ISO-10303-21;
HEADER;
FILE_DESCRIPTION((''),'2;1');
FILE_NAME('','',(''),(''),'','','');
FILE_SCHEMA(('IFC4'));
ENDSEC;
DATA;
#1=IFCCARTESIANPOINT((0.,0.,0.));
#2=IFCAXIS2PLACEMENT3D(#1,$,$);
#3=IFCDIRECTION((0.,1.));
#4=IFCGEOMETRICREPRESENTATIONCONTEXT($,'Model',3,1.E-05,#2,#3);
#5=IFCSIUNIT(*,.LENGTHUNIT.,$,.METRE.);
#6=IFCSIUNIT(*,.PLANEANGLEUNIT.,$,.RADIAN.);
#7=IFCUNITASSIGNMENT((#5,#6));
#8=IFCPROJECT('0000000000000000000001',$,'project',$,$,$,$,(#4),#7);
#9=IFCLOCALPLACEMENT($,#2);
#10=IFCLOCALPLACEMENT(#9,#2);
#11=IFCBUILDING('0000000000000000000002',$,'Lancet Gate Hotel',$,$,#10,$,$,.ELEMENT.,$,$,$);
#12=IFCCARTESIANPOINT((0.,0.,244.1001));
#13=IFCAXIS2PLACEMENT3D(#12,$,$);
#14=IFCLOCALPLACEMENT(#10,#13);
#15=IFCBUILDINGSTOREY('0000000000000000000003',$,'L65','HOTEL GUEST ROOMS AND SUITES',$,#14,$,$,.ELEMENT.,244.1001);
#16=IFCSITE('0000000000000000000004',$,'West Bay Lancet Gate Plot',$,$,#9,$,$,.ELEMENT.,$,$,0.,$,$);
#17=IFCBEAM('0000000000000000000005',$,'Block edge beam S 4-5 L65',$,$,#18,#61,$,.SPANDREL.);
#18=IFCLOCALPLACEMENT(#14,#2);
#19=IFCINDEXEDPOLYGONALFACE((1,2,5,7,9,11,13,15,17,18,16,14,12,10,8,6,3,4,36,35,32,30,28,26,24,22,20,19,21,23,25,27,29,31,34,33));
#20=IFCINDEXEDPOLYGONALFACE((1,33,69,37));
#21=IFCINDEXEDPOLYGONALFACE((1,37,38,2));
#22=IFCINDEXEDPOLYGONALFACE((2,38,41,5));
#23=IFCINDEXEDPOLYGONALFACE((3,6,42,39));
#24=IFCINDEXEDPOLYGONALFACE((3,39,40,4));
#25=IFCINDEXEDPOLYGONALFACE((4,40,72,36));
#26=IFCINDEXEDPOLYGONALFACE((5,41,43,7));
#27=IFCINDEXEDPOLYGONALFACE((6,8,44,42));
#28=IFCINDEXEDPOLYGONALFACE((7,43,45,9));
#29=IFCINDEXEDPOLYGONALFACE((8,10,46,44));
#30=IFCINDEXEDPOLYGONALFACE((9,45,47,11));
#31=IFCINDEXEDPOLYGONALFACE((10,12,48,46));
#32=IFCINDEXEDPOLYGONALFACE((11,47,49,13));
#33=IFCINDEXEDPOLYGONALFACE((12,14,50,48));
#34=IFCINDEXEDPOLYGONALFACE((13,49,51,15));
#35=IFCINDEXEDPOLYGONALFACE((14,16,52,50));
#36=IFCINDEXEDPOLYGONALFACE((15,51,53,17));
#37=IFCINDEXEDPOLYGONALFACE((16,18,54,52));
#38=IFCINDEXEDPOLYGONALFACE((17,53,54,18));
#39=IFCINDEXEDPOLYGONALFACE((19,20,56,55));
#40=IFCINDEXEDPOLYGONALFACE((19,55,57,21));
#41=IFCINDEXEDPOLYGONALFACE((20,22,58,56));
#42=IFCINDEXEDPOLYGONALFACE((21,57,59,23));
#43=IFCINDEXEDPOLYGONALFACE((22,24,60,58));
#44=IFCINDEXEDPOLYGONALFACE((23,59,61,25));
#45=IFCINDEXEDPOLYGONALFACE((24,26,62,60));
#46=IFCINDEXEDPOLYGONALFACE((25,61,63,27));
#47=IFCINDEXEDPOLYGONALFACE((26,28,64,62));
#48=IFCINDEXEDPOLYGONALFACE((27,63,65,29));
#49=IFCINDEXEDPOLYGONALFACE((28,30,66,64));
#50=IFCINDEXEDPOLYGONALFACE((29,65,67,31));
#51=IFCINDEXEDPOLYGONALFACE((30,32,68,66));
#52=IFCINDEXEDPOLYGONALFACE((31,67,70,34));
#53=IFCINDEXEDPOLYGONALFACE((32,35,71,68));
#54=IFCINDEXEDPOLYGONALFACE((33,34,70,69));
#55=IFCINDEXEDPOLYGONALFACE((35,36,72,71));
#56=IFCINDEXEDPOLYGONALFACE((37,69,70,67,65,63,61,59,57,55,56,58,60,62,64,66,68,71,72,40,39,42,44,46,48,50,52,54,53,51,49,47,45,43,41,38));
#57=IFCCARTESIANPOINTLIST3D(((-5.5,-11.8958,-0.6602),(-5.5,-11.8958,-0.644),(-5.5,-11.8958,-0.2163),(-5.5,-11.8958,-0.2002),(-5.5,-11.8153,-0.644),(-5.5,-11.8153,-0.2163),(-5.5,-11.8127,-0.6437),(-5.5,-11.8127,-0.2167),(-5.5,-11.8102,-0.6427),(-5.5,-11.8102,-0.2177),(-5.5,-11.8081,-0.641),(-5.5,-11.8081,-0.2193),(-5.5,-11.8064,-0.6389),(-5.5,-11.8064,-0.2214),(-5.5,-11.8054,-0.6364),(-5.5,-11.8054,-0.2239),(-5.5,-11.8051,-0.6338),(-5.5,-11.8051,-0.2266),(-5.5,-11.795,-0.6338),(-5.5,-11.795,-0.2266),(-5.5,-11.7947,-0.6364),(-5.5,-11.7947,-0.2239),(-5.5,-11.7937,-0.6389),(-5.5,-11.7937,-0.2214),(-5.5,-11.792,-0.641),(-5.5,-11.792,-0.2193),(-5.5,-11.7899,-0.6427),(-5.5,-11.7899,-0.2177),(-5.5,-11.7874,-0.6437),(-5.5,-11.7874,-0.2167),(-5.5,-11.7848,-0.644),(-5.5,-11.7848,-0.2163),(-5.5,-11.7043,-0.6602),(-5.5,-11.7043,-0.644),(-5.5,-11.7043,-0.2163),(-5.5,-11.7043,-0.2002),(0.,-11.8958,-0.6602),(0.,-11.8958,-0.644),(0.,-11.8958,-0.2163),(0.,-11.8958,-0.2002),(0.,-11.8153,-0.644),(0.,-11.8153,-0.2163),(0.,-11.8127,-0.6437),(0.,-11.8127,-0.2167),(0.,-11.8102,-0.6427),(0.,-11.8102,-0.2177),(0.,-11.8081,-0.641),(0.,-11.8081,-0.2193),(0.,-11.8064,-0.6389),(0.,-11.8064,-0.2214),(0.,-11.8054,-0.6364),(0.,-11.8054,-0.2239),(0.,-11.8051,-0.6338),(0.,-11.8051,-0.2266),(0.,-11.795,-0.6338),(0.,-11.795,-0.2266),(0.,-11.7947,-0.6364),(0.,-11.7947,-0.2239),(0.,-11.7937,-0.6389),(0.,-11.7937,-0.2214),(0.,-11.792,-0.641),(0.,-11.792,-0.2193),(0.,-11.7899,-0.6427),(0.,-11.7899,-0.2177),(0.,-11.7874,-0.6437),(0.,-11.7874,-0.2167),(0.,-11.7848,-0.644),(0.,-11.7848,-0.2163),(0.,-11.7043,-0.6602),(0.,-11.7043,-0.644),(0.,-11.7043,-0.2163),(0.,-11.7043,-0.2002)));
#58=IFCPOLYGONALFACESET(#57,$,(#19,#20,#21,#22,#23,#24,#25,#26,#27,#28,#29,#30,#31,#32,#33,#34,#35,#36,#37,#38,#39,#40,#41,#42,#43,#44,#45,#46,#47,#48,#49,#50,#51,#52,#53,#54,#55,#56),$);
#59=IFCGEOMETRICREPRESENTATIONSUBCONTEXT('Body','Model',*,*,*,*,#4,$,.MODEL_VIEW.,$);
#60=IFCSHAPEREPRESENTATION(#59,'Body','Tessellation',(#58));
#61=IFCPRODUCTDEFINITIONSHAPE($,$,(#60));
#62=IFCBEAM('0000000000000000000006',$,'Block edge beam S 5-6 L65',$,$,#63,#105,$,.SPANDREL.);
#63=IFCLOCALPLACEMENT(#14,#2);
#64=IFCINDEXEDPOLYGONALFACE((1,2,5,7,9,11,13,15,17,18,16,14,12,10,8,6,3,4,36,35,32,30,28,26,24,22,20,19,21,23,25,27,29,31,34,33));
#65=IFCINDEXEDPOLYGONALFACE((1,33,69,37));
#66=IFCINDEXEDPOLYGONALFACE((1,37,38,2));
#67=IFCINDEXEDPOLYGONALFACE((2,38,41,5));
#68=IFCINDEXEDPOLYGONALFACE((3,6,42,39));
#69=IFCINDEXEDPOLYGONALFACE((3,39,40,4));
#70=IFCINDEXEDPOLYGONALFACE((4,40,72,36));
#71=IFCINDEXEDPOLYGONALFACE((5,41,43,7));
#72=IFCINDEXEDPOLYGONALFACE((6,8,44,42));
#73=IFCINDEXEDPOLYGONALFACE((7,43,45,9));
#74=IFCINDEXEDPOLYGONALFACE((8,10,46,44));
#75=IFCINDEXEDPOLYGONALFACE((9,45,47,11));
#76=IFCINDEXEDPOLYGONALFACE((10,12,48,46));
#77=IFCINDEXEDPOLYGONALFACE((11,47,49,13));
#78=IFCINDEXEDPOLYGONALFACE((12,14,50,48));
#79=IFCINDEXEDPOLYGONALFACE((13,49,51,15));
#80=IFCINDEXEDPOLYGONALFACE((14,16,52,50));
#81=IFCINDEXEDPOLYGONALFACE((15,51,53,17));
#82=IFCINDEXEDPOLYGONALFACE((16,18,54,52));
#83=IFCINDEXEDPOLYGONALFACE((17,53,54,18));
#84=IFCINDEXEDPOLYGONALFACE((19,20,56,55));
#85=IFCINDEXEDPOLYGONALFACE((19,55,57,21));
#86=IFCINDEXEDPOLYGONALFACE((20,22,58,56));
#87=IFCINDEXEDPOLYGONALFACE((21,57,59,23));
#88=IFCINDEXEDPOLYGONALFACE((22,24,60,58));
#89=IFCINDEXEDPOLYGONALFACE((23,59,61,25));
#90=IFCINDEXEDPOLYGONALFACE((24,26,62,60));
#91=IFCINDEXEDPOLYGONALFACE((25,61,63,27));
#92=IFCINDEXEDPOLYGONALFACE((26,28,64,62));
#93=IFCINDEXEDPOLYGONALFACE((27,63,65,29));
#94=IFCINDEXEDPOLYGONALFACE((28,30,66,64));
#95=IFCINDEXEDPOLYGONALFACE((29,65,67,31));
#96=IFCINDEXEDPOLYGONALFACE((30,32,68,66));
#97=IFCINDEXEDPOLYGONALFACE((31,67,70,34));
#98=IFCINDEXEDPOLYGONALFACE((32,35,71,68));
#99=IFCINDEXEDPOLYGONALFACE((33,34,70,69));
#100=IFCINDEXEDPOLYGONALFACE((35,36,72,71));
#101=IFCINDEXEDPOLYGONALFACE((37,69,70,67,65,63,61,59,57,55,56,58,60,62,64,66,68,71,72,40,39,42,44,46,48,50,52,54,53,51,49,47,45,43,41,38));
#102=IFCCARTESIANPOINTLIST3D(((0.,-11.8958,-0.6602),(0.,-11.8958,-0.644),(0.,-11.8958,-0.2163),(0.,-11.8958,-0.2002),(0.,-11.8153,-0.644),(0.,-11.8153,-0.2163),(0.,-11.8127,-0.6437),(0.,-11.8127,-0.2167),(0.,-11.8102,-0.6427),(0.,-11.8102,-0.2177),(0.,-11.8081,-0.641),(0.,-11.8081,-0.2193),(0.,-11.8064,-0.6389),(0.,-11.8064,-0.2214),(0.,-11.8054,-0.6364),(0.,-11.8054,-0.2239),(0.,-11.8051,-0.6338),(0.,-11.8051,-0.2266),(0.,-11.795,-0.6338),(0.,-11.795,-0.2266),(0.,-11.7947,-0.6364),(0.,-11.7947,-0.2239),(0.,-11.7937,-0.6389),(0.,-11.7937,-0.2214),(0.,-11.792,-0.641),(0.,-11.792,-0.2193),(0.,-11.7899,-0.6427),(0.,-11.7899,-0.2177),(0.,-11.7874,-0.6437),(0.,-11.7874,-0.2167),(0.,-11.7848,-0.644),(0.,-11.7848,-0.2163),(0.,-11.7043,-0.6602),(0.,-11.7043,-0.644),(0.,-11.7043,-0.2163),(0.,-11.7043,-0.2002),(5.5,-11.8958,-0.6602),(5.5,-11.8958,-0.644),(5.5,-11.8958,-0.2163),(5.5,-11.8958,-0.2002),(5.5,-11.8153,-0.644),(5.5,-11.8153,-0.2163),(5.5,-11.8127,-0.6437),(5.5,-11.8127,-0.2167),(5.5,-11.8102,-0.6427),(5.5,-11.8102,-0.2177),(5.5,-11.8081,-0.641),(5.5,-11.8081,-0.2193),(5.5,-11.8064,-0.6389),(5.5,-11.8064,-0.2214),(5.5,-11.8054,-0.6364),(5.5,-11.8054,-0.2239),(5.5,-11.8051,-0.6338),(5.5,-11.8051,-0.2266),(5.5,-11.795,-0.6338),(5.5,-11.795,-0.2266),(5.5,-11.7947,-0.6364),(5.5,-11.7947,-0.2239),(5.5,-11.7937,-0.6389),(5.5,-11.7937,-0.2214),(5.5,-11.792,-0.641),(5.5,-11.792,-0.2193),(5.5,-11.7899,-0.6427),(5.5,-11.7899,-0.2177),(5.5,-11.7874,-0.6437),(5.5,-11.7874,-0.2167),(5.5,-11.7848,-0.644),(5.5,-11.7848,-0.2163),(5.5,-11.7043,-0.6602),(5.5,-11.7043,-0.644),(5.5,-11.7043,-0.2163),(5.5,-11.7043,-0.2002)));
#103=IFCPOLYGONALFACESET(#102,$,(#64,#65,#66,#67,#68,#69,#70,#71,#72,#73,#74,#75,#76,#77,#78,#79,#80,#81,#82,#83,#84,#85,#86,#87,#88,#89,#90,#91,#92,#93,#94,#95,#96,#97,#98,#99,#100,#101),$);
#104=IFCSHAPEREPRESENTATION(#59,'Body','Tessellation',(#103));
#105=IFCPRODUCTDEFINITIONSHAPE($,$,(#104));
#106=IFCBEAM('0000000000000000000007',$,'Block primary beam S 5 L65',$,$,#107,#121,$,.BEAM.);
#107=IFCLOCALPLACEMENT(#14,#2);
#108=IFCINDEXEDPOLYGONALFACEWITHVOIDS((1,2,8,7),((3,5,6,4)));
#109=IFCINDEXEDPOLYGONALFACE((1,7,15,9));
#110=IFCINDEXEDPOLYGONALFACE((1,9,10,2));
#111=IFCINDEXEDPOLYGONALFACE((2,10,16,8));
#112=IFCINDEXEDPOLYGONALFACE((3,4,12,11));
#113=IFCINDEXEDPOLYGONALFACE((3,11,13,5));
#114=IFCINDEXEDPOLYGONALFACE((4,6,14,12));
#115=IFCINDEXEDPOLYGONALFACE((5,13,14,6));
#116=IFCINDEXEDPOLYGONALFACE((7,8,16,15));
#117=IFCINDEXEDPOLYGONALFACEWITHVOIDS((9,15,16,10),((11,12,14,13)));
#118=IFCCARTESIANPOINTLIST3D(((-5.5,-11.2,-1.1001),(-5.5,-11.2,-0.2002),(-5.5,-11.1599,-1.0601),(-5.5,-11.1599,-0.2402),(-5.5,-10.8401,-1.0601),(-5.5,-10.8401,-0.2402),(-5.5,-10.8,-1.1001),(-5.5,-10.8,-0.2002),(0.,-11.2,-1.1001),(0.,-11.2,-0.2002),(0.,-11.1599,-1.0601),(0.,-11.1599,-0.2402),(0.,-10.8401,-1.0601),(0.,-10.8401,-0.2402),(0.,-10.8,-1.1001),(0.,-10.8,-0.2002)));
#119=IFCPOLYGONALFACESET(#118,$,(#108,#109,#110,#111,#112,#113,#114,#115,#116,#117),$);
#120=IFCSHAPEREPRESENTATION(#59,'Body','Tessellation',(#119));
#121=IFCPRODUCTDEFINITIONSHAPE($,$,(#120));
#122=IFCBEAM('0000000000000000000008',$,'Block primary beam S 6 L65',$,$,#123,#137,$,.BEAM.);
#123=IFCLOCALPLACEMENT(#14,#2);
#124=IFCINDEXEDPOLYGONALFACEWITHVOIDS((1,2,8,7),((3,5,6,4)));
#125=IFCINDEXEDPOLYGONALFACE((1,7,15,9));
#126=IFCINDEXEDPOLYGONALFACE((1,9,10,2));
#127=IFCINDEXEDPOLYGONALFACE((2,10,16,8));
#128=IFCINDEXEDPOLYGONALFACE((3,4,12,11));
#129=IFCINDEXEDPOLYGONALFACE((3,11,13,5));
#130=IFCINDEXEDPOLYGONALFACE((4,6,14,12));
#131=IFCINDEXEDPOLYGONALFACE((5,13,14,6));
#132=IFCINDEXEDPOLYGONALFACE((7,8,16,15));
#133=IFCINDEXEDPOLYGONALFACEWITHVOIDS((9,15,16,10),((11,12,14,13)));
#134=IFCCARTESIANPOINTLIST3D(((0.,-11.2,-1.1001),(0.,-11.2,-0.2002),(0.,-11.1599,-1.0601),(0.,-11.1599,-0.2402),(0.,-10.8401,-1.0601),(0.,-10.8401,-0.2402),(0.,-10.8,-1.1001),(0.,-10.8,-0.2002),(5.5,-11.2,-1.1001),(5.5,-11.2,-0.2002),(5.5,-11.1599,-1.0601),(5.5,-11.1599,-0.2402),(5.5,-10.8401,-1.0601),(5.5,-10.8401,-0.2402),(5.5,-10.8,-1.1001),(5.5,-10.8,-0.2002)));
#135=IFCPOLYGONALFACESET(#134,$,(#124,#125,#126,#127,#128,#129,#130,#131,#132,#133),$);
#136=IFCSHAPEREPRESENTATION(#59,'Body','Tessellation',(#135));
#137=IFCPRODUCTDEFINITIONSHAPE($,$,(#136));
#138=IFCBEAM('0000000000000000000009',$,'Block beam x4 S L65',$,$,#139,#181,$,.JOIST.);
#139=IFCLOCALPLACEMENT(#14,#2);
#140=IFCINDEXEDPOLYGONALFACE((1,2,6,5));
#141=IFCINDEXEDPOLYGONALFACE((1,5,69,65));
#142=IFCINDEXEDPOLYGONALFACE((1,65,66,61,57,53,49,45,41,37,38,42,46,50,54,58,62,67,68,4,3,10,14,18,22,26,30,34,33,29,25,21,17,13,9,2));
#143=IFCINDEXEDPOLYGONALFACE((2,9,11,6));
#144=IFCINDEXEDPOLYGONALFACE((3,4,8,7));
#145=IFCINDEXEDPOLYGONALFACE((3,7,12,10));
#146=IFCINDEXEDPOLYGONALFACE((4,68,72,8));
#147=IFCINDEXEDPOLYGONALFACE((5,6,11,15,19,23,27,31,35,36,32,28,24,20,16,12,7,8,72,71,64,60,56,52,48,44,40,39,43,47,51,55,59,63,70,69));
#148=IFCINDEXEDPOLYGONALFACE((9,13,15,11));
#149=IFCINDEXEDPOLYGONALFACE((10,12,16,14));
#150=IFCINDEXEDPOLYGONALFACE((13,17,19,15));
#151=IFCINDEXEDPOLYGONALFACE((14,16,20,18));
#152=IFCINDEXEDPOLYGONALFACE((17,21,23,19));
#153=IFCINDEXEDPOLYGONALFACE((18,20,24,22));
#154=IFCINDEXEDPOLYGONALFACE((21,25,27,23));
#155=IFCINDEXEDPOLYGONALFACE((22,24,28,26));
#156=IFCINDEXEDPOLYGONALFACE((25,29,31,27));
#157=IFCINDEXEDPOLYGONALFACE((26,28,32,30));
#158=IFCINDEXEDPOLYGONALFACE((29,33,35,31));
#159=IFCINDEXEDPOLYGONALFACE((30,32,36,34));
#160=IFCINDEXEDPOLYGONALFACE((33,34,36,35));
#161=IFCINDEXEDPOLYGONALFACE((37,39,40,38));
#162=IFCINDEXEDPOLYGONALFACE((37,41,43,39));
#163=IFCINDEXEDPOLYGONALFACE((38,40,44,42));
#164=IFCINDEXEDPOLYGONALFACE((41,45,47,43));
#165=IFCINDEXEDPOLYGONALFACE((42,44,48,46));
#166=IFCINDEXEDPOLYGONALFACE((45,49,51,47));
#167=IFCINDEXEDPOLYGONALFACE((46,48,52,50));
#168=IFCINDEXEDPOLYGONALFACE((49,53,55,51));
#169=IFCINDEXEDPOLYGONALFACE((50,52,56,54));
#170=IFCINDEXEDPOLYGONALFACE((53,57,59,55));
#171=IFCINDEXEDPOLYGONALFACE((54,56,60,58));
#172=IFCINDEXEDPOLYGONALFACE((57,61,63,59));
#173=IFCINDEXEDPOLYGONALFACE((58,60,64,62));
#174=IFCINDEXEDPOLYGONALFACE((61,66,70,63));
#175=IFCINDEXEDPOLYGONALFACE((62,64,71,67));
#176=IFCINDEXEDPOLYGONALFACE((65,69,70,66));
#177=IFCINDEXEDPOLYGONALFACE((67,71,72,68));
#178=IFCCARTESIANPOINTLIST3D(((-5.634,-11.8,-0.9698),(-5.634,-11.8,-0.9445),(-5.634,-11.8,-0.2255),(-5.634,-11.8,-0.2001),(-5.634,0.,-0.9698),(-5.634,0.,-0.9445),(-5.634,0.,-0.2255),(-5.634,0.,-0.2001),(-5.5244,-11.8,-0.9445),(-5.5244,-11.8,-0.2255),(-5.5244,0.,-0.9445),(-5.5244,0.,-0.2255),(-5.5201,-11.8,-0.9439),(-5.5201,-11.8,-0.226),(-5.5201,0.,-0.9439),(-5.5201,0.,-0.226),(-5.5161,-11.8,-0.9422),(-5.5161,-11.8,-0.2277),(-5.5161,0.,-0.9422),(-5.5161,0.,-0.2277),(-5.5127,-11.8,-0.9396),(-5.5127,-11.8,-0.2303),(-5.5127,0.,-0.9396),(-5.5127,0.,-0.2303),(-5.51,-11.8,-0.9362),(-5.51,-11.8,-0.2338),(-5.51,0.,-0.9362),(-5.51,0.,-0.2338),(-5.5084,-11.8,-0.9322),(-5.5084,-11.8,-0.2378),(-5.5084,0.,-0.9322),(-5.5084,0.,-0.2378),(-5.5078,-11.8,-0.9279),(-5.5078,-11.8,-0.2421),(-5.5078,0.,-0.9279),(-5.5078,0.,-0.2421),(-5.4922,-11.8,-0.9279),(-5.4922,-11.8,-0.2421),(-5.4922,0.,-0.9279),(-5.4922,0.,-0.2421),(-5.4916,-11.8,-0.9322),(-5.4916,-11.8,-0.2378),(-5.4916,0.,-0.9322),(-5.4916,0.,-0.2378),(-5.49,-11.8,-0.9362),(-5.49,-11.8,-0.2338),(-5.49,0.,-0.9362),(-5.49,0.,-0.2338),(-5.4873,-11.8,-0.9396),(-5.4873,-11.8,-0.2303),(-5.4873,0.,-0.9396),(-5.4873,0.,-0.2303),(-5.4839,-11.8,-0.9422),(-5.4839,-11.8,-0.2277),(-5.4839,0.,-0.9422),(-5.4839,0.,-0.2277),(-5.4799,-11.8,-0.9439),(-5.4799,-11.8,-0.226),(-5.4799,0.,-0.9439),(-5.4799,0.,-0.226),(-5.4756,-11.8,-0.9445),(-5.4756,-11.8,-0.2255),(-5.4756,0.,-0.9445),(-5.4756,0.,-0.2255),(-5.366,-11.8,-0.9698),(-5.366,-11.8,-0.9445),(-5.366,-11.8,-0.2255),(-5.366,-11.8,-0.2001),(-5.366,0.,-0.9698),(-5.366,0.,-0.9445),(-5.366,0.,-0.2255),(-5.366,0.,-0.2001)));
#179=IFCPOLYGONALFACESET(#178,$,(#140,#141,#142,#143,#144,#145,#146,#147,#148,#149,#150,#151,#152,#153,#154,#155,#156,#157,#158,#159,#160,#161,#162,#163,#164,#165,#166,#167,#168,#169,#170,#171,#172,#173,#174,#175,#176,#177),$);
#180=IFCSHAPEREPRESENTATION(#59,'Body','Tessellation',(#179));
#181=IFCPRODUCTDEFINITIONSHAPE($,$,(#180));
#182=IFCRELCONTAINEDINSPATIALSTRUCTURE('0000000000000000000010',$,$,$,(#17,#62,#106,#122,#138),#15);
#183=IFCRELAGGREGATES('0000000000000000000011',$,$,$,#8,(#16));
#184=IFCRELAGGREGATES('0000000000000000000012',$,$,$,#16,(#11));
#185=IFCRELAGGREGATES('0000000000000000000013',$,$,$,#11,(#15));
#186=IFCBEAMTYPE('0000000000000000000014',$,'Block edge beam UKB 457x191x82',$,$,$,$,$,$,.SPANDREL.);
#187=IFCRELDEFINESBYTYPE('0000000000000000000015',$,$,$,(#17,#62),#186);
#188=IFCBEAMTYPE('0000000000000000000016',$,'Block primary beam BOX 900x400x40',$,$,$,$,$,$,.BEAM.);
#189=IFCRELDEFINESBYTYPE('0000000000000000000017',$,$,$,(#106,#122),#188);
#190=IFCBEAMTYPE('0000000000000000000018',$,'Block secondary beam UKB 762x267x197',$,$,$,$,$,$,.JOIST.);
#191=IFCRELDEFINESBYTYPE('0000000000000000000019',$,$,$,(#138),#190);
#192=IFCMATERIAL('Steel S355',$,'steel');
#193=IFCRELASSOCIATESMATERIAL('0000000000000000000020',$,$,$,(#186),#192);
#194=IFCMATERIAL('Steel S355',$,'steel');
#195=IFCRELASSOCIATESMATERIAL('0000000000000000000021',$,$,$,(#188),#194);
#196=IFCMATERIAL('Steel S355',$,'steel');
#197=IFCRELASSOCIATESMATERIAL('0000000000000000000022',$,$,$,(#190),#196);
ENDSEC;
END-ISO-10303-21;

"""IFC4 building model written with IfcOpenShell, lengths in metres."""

from ifc_helpers import new_model, si_unit, direction, frame, origin, origin_2d, place, context, subcontext, project, spatial, hollow_rectangle, i_section, extrude, material, material_profile, profile_set, type_object, element, save


model = new_model("IFC4")

# Units and contexts
model_context = context("Model", 3, precision=1e-05, world=origin(), true_north=direction((0.0, 1.0)))
body_context = subcontext(model_context, "Body", "Model", "MODEL_VIEW")
ifc_project = project(units=[si_unit("LENGTHUNIT", "METRE"), si_unit("PLANEANGLEUNIT", "RADIAN")], contexts=[model_context])

# Site, building, storey
site_placement = place(None, origin())
site = spatial("IfcSite", under=ifc_project, at=site_placement, Name="West Bay Lancet Gate Plot", CompositionType="ELEMENT", RefElevation=0.0)
building_placement = place(site_placement, origin())
building = spatial("IfcBuilding", under=site, at=building_placement, Name="Lancet Gate Hotel", CompositionType="ELEMENT")
storey_placement = place(building_placement, frame((0.0, 0.0, 244.1001)))
storey = spatial("IfcBuildingStorey", under=building, at=storey_placement, Name="L65", Description="HOTEL GUEST ROOMS AND SUITES", CompositionType="ELEMENT", Elevation=244.1001)

# Beams
ifc_material_1 = material(Name="Steel S355", Category="steel")
ifc_material_profile_1 = material_profile(ifc_material_1, i_section(OverallWidth=0.1914, OverallDepth=0.46, WebThickness=0.01, FlangeThickness=0.0161, FilletRadius=0.0103, at=origin_2d()), Name="UKB 457x191x82")
ifc_profile_set_1 = profile_set([ifc_material_profile_1], Name="Steel S355")
beam_type_1 = type_object("IfcBeamType", Name="Block edge beam UKB 457x191x82", PredefinedType="SPANDREL", material=ifc_profile_set_1)
for number, where, z_axis, x_axis, name in (
    (1, (-5.5, -11.8, -0.4302), (1.0, 0.0, 0.0), (0.0, 1.0, 0.0), "Block edge beam S 4-5 L65"),
    (2, (0.0, -11.8, -0.4302), (1.0, 0.0, 0.0), (0.0, 1.0, 0.0), "Block edge beam S 5-6 L65"),
):
    element("IfcBeam", number, at=place(storey_placement, frame(where, z_axis=z_axis, x_axis=x_axis)), inside=storey, type_object=beam_type_1, Name=name, PredefinedType="SPANDREL", context=body_context, shape_type="SweptSolid", body=[
        extrude(i_section(OverallWidth=0.1914, OverallDepth=0.46, WebThickness=0.01, FlangeThickness=0.0161, FilletRadius=0.0103, at=origin_2d()), origin(), (0.0, 0.0, 1.0), 5.5),
    ])
ifc_material_2 = material(Name="Steel S355", Category="steel")
ifc_material_profile_2 = material_profile(ifc_material_2, hollow_rectangle(XDim=0.3999, YDim=0.8999, WallThickness=0.04, at=origin_2d()), Name="BOX 900x400x40")
ifc_profile_set_2 = profile_set([ifc_material_profile_2], Name="Steel S355")
beam_type_2 = type_object("IfcBeamType", Name="Block primary beam BOX 900x400x40", PredefinedType="BEAM", material=ifc_profile_set_2)
for number, where, z_axis, x_axis, name in (
    (3, (-5.5, -11.0, -0.6501), (1.0, 0.0, 0.0), (0.0, 1.0, 0.0), "Block primary beam S 5 L65"),
    (4, (0.0, -11.0, -0.6501), (1.0, 0.0, 0.0), (0.0, 1.0, 0.0), "Block primary beam S 6 L65"),
):
    element("IfcBeam", number, at=place(storey_placement, frame(where, z_axis=z_axis, x_axis=x_axis)), inside=storey, type_object=beam_type_2, Name=name, PredefinedType="BEAM", context=body_context, shape_type="SweptSolid", body=[
        extrude(hollow_rectangle(XDim=0.3999, YDim=0.8999, WallThickness=0.04, at=origin_2d()), origin(), (0.0, 0.0, 1.0), 5.5),
    ])
ifc_material_3 = material(Name="Steel S355", Category="steel")
ifc_material_profile_3 = material_profile(ifc_material_3, i_section(OverallWidth=0.2681, OverallDepth=0.7698, WebThickness=0.0156, FlangeThickness=0.0254, FilletRadius=0.0166, at=origin_2d()), Name="UKB 762x267x197")
ifc_profile_set_3 = profile_set([ifc_material_profile_3], Name="Steel S355")
beam_type_3 = type_object("IfcBeamType", Name="Block secondary beam UKB 762x267x197", PredefinedType="JOIST", material=ifc_profile_set_3)
for number, where, z_axis, x_axis, name in (
    (5, (-5.5, -11.8, -0.585), (0.0, 1.0, 0.0), (-1.0, 0.0, 0.0), "Block beam x4 S L65"),
):
    element("IfcBeam", number, at=place(storey_placement, frame(where, z_axis=z_axis, x_axis=x_axis)), inside=storey, type_object=beam_type_3, Name=name, PredefinedType="JOIST", context=body_context, shape_type="SweptSolid", body=[
        extrude(i_section(OverallWidth=0.2681, OverallDepth=0.7698, WebThickness=0.0156, FlangeThickness=0.0254, FilletRadius=0.0166, at=origin_2d()), origin(), (0.0, 0.0, 1.0), 11.8),
    ])

save(model, "model.ifc")
